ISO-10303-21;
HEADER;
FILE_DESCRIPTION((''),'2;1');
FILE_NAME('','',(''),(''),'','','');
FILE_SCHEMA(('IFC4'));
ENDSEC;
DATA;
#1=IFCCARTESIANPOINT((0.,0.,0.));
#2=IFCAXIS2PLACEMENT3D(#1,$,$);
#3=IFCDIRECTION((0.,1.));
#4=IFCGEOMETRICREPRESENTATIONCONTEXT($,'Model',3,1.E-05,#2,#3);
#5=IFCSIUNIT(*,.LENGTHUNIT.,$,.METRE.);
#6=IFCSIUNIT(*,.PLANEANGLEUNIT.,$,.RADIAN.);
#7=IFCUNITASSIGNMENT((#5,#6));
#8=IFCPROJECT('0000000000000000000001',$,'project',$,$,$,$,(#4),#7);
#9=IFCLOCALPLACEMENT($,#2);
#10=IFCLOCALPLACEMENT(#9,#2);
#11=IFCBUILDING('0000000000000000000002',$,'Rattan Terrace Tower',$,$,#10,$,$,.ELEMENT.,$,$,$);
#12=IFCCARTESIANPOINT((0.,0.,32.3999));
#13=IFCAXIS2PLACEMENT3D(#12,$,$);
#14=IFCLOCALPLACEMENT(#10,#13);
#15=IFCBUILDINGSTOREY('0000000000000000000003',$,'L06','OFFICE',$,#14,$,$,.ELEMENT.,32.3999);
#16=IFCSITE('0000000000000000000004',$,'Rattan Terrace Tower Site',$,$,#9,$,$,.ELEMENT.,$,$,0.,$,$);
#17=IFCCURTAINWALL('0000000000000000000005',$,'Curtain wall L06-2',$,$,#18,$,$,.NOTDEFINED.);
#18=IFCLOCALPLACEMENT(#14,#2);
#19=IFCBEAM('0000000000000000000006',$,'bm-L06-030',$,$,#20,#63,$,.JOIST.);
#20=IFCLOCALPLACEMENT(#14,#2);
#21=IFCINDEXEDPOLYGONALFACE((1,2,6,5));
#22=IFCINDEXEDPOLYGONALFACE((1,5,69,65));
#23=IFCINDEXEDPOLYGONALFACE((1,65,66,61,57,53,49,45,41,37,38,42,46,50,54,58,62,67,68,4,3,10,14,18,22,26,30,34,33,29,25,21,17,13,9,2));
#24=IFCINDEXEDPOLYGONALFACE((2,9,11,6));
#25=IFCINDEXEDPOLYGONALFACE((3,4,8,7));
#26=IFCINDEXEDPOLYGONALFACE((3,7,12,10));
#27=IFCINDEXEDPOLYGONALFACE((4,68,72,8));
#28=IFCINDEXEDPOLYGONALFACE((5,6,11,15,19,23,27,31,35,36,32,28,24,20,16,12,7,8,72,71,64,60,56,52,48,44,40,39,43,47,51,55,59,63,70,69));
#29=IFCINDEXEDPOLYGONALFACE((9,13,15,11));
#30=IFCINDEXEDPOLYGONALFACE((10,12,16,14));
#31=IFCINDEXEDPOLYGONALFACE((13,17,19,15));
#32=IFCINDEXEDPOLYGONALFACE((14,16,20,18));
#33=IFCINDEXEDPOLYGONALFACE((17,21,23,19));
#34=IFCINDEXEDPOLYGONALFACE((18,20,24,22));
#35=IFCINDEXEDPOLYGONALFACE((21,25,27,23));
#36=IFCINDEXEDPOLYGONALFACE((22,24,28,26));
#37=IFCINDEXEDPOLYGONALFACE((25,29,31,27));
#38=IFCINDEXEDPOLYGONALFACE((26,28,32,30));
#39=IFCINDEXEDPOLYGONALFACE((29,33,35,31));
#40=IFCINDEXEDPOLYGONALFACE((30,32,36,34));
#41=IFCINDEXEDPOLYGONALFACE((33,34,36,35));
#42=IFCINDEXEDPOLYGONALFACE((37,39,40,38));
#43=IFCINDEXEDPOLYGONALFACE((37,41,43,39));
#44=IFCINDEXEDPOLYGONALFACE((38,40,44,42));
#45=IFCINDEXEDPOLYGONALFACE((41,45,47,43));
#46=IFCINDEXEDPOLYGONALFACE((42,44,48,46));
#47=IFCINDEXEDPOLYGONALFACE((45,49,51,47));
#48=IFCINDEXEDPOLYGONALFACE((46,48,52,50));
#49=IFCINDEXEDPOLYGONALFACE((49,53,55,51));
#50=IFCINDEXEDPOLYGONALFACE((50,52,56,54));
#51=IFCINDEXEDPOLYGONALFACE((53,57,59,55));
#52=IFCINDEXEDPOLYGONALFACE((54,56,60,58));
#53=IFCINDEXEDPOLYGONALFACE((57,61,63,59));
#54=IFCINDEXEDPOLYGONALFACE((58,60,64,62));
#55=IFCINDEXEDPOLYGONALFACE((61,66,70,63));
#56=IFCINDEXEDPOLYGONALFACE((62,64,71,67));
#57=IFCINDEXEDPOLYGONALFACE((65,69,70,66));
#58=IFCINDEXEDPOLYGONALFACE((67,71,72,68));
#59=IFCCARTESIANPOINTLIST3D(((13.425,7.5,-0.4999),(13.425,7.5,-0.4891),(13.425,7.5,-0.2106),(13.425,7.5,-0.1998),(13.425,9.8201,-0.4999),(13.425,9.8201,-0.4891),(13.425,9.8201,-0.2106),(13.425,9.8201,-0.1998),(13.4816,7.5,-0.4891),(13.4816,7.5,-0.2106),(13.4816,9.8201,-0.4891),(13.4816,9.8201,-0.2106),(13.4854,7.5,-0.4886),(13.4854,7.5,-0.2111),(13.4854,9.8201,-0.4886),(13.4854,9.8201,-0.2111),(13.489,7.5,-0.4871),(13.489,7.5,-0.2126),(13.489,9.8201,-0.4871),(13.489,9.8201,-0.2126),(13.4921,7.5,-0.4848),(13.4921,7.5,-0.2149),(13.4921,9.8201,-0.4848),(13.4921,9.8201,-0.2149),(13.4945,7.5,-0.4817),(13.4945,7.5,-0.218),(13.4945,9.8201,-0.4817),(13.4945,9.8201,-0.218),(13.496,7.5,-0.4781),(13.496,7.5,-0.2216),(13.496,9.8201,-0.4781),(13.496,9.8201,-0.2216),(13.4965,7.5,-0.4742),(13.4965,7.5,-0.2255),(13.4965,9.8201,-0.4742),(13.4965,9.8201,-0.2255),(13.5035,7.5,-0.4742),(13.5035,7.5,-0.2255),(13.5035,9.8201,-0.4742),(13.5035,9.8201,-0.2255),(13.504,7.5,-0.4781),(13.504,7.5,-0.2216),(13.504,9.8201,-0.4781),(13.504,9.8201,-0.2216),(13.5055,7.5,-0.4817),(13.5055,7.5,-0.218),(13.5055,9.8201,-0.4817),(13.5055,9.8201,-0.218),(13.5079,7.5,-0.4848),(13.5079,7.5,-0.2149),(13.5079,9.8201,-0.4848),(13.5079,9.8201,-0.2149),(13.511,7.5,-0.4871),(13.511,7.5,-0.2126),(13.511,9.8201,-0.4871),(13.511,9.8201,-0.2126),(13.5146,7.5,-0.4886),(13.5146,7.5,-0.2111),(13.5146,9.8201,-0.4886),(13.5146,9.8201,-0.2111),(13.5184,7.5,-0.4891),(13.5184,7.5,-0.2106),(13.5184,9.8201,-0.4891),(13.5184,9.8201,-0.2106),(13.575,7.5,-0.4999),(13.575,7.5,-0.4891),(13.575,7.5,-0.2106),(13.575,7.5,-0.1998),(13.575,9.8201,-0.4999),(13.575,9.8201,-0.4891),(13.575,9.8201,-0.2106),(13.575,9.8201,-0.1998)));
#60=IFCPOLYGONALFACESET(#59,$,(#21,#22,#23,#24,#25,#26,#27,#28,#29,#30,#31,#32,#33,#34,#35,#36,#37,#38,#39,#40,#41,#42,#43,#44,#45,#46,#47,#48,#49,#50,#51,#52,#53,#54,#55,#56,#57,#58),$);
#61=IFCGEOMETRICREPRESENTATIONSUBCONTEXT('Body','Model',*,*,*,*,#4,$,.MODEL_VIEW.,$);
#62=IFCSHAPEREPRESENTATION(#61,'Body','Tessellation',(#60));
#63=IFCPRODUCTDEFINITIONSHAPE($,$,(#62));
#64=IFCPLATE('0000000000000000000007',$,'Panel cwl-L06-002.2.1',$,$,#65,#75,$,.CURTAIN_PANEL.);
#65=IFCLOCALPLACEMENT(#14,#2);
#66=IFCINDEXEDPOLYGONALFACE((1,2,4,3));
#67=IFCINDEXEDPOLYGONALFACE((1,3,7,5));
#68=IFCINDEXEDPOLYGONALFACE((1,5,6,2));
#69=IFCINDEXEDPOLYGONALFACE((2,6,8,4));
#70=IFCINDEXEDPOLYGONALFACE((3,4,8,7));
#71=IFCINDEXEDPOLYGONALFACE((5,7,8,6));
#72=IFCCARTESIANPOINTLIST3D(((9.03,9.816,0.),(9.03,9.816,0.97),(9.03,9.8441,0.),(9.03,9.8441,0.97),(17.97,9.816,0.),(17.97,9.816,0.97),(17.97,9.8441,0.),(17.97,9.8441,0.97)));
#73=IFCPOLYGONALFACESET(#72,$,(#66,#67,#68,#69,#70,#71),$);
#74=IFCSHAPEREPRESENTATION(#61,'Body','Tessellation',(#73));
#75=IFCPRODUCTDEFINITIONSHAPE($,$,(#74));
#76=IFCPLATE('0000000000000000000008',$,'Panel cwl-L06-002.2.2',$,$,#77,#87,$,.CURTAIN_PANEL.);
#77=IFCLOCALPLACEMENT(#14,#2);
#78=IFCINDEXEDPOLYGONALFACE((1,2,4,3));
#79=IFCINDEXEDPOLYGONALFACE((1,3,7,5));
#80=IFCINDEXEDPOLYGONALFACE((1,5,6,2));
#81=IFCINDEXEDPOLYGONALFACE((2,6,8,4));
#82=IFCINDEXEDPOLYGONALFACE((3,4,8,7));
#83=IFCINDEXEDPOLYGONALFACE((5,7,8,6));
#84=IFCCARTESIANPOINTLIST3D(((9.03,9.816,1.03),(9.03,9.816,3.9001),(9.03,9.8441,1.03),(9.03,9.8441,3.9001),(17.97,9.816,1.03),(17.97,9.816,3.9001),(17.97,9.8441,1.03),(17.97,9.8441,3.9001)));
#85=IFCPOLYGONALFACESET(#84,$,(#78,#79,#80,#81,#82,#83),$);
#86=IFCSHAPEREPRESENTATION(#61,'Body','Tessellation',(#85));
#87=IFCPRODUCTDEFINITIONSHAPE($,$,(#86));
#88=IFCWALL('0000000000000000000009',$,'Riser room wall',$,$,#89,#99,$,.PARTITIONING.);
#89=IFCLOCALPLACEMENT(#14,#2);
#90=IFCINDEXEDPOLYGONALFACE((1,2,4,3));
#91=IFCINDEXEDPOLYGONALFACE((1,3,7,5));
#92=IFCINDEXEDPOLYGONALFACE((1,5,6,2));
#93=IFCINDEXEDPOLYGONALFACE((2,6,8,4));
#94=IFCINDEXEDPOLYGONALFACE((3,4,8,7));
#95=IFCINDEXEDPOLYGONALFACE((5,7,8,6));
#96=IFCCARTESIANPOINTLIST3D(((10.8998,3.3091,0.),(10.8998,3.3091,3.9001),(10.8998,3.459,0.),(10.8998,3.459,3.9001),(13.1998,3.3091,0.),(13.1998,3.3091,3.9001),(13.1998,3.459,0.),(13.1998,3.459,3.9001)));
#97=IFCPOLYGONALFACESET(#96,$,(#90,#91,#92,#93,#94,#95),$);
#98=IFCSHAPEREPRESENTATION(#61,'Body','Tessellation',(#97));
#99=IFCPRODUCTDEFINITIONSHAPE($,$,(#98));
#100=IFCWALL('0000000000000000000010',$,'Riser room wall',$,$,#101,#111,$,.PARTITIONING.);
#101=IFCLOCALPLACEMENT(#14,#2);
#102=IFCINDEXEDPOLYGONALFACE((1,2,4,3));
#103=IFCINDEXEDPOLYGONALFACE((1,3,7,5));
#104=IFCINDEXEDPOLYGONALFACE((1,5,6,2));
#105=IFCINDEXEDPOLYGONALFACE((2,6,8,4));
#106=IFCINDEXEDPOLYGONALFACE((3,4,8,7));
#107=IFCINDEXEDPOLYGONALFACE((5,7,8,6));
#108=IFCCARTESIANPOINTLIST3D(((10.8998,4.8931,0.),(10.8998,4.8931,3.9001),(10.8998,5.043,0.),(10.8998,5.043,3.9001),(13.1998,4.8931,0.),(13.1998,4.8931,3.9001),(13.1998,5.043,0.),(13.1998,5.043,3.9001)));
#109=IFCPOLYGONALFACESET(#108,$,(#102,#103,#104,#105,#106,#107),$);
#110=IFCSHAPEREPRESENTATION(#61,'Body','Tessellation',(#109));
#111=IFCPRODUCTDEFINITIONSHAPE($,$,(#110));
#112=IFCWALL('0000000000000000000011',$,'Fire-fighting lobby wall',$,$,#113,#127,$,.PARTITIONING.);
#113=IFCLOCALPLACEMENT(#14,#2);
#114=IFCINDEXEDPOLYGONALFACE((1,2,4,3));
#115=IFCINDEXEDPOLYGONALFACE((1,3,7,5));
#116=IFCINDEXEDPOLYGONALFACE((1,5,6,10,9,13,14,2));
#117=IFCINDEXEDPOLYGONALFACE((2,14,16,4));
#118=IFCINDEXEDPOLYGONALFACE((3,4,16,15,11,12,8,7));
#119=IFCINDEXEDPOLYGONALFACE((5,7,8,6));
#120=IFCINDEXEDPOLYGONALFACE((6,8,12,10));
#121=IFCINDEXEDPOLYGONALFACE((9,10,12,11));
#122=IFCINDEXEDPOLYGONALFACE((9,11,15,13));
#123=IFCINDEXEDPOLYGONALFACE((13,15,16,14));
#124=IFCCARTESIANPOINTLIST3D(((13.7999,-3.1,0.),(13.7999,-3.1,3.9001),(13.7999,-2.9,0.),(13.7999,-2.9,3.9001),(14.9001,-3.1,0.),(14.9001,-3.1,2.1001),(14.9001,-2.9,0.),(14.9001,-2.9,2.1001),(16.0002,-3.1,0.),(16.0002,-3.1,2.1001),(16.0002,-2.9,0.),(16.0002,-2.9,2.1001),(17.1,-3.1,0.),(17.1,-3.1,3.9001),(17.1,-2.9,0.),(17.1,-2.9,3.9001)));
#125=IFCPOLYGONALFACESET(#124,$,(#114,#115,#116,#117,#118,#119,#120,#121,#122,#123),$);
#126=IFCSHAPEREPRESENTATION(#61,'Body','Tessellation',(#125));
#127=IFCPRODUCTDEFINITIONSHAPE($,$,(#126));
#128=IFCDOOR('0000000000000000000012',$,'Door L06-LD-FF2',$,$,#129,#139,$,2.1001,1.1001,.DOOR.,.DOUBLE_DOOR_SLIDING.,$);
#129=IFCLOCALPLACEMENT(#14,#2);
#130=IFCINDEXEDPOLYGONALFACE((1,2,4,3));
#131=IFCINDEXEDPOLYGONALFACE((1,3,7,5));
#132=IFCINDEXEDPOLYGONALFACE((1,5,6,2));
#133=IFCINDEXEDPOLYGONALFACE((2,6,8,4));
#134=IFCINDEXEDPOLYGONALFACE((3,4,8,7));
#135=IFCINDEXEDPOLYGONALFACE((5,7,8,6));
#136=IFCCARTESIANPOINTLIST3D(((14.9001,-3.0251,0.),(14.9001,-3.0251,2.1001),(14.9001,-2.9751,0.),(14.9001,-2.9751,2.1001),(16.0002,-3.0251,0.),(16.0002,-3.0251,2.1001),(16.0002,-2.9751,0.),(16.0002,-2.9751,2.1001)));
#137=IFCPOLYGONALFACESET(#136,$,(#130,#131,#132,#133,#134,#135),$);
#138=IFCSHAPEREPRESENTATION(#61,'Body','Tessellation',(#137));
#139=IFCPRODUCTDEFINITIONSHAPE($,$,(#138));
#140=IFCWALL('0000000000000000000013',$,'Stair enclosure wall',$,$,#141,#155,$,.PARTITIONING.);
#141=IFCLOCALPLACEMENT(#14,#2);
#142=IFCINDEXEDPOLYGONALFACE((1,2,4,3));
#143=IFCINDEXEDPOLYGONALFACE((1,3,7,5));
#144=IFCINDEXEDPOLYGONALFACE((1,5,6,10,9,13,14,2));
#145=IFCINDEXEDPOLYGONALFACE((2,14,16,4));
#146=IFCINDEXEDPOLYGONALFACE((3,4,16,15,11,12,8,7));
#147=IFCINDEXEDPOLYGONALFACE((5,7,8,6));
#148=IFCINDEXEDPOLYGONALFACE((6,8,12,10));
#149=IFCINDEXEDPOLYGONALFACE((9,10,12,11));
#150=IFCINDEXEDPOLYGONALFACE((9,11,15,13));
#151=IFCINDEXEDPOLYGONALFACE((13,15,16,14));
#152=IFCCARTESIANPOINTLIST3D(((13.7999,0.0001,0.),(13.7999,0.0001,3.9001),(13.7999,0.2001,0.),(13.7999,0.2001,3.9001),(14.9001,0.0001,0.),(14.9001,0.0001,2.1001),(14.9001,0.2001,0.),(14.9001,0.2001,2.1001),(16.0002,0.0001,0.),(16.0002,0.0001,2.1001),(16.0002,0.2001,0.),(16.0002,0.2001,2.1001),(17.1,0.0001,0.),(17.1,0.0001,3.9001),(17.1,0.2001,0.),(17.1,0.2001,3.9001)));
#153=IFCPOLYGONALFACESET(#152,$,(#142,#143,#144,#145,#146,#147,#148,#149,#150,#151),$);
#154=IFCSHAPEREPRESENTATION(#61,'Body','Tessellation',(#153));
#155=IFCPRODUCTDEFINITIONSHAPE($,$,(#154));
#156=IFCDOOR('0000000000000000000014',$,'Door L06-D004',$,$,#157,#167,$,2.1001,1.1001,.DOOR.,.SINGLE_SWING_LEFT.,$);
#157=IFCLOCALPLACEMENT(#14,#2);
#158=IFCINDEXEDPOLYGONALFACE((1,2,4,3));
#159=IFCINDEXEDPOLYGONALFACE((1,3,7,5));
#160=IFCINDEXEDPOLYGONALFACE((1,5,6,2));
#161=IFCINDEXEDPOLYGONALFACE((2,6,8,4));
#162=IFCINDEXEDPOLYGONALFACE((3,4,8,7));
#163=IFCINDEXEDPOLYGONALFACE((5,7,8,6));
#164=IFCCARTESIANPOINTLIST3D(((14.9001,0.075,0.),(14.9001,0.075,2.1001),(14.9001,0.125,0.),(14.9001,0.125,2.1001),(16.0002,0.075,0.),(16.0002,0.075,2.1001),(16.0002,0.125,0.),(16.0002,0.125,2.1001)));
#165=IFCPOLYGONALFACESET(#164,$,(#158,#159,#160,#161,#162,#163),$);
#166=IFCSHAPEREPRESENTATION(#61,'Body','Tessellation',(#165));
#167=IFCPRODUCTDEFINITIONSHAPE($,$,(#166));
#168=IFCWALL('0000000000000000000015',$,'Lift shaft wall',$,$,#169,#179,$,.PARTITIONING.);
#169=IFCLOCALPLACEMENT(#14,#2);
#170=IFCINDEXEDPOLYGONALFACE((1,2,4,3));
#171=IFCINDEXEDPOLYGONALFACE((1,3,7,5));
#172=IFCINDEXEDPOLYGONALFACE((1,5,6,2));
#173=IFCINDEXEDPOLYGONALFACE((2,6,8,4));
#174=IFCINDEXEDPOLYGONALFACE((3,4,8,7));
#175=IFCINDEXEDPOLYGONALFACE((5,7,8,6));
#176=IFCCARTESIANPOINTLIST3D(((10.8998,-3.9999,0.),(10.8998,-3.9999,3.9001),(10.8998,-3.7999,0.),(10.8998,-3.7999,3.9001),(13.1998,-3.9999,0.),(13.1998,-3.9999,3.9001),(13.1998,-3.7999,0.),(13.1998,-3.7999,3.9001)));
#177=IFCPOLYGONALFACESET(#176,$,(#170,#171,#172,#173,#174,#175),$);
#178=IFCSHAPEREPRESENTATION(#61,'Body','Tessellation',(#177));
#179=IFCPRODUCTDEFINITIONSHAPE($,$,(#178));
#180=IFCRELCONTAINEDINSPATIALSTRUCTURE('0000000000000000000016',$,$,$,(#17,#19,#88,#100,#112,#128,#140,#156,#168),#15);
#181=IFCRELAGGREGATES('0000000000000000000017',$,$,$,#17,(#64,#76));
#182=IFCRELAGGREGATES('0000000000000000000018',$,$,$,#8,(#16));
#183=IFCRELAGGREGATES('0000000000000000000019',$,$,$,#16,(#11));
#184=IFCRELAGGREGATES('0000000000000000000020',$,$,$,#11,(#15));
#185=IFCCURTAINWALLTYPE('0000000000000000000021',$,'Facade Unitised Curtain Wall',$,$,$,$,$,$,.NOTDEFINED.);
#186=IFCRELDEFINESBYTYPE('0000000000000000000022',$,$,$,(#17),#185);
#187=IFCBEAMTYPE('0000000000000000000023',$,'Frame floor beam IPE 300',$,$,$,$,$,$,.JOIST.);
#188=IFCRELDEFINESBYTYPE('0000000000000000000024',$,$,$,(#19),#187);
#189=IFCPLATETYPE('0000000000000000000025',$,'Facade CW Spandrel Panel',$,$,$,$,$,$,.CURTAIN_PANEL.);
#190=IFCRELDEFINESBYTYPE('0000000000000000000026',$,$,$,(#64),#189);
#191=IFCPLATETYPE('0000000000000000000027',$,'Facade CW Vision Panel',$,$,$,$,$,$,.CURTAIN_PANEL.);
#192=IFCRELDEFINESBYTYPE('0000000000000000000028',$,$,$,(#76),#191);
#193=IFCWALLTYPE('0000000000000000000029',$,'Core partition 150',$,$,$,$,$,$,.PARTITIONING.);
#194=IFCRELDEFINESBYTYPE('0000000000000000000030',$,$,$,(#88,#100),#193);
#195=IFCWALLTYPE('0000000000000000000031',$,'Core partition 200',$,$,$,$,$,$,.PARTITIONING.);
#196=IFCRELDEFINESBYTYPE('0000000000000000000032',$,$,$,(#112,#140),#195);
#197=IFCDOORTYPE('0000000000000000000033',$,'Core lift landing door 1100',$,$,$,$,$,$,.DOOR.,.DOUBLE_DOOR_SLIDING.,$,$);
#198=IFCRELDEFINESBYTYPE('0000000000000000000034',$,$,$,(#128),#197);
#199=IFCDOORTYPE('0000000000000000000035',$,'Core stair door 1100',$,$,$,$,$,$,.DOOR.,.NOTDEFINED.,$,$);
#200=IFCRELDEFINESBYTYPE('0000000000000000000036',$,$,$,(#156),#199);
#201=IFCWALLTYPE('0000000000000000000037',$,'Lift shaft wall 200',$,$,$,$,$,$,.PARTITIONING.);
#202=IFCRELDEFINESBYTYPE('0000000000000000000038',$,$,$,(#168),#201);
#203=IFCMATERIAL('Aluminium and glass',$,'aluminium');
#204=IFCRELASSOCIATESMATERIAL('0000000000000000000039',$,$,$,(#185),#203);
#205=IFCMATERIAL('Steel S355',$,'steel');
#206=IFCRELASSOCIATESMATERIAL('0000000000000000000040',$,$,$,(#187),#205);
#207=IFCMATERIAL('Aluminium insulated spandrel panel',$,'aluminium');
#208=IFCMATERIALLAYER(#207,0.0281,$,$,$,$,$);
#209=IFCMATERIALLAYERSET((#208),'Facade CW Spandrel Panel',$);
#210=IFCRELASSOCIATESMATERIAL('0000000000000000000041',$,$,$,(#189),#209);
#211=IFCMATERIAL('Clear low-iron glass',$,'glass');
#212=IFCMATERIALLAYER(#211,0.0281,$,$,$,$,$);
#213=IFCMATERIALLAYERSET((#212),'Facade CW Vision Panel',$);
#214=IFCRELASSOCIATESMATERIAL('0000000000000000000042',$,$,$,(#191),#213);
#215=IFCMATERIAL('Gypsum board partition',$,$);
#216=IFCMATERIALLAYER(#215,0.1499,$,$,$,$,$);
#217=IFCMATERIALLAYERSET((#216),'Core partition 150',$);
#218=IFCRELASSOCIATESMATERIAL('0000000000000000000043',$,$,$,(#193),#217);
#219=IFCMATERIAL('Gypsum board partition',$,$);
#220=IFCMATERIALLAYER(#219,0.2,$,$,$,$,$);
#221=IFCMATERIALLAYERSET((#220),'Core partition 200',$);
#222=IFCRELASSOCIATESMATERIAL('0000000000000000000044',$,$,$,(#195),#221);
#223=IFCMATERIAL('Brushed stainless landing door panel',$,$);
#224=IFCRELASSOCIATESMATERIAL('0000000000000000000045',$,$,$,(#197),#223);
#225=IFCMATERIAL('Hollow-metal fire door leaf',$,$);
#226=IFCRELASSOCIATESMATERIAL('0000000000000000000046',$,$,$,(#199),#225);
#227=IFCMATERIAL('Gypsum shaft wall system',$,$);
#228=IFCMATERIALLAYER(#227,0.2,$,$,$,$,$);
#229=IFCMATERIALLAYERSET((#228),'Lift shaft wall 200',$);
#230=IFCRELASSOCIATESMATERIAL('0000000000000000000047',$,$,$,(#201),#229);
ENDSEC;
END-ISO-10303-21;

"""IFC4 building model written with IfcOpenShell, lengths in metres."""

from ifc_helpers import new_model, si_unit, direction, frame, frame_2d, origin, origin_2d, place, context, subcontext, project, spatial, rectangle, i_section, extrude, material, layer, layer_set, material_profile, profile_set, type_object, element, fill, aggregate, save


model = new_model("IFC4")

# Units and contexts
model_context = context("Model", 3, precision=1e-05, world=origin(), true_north=direction((0.0, 1.0)))
body_context = subcontext(model_context, "Body", "Model", "MODEL_VIEW")
ifc_project = project(units=[si_unit("LENGTHUNIT", "METRE"), si_unit("PLANEANGLEUNIT", "RADIAN")], contexts=[model_context])

# Site, building, storey
site_placement = place(None, origin())
site = spatial("IfcSite", under=ifc_project, at=site_placement, Name="Rattan Terrace Tower Site", CompositionType="ELEMENT", RefElevation=0.0)
building_placement = place(site_placement, origin())
building = spatial("IfcBuilding", under=site, at=building_placement, Name="Rattan Terrace Tower", CompositionType="ELEMENT")
storey_placement = place(building_placement, frame((0.0, 0.0, 32.3999)))
storey = spatial("IfcBuildingStorey", under=building, at=storey_placement, Name="L06", Description="OFFICE", CompositionType="ELEMENT", Elevation=32.3999)

# Curtain wall
ifc_material_1 = material(Name="Aluminium and glass", Category="aluminium")
curtain_wall_type = type_object("IfcCurtainWallType", Name="Facade Unitised Curtain Wall", PredefinedType="NOTDEFINED", material=ifc_material_1)
curtain_wall_placement = place(storey_placement, origin())
curtain_wall = element("IfcCurtainWall", 1, at=curtain_wall_placement, inside=storey, type_object=curtain_wall_type, Name="Curtain wall L06-2", PredefinedType="NOTDEFINED")

# Beam
ifc_material_2 = material(Name="Steel S355", Category="steel")
ifc_material_profile_1 = material_profile(ifc_material_2, i_section(OverallWidth=0.1499, OverallDepth=0.3, WebThickness=0.0071, FlangeThickness=0.0107, FilletRadius=0.0149, at=origin_2d()), Name="IPE 300")
ifc_profile_set_1 = profile_set([ifc_material_profile_1], Name="Steel S355")
beam_type_1 = type_object("IfcBeamType", Name="Frame floor beam IPE 300", PredefinedType="JOIST", material=ifc_profile_set_1)
for number, where, z_axis, x_axis, name in (
    (2, (13.5, 7.5, -0.3499), (0.0, 1.0, 0.0), (-1.0, 0.0, 0.0), "bm-L06-030"),
):
    element("IfcBeam", number, at=place(storey_placement, frame(where, z_axis=z_axis, x_axis=x_axis)), inside=storey, type_object=beam_type_1, Name=name, PredefinedType="JOIST", context=body_context, shape_type="SweptSolid", body=[
        extrude(i_section(OverallWidth=0.1499, OverallDepth=0.3, WebThickness=0.0071, FlangeThickness=0.0107, FilletRadius=0.0149, at=origin_2d()), origin(), (0.0, 0.0, 1.0), 2.3201),
    ])

# Plates
ifc_material_3 = material(Name="Aluminium insulated spandrel panel", Category="aluminium")
ifc_layer_1 = layer(ifc_material_3, 0.0281)
ifc_layer_set_1 = layer_set([ifc_layer_1], Name="Facade CW Spandrel Panel")
plate_type_1 = type_object("IfcPlateType", Name="Facade CW Spandrel Panel", PredefinedType="CURTAIN_PANEL", material=ifc_layer_set_1)
plate_1_placement = place(storey_placement, frame((13.5, 9.8301, 0.0), z_axis=(0.0, 0.0, 1.0), x_axis=(-1.0, 0.0, 0.0)))
plate_1 = element("IfcPlate", 3, at=plate_1_placement, type_object=plate_type_1, Name="Panel cwl-L06-002.2.1", PredefinedType="CURTAIN_PANEL", context=body_context, shape_type="SweptSolid", body=[
    extrude(rectangle(XDim=8.9399, YDim=0.0281, at=origin_2d()), origin(), (0.0, 0.0, 1.0), 0.97),
])
ifc_material_4 = material(Name="Clear low-iron glass", Category="glass")
ifc_layer_2 = layer(ifc_material_4, 0.0281)
ifc_layer_set_2 = layer_set([ifc_layer_2], Name="Facade CW Vision Panel")
plate_type_2 = type_object("IfcPlateType", Name="Facade CW Vision Panel", PredefinedType="CURTAIN_PANEL", material=ifc_layer_set_2)
plate_2_placement = place(storey_placement, frame((13.5, 9.8301, 1.03), z_axis=(0.0, 0.0, 1.0), x_axis=(-1.0, 0.0, 0.0)))
plate_2 = element("IfcPlate", 4, at=plate_2_placement, type_object=plate_type_2, Name="Panel cwl-L06-002.2.2", PredefinedType="CURTAIN_PANEL", context=body_context, shape_type="SweptSolid", body=[
    extrude(rectangle(XDim=8.9399, YDim=0.0281, at=origin_2d()), origin(), (0.0, 0.0, 1.0), 2.8701),
])
aggregate(curtain_wall, [plate_1, plate_2])

# Walls
ifc_material_5 = material(Name="Gypsum board partition")
ifc_layer_3 = layer(ifc_material_5, 0.1499)
ifc_layer_set_3 = layer_set([ifc_layer_3], Name="Core partition 150")
wall_type_1 = type_object("IfcWallType", Name="Core partition 150", PredefinedType="PARTITIONING", material=ifc_layer_set_3)
for number, where, z_axis, x_axis, name in (
    (5, (10.8999, 3.384, 0.0), (0.0, 0.0, 1.0), (1.0, 0.0, 0.0), "Riser room wall"),
    (6, (10.8999, 4.968, 0.0), (0.0, 0.0, 1.0), (1.0, 0.0, 0.0), "Riser room wall"),
):
    element("IfcWall", number, at=place(storey_placement, frame(where, z_axis=z_axis, x_axis=x_axis)), inside=storey, type_object=wall_type_1, Name=name, PredefinedType="PARTITIONING", context=body_context, shape_type="SweptSolid", body=[
        extrude(rectangle(XDim=2.3, YDim=0.1499, at=frame_2d((1.1499, 0.0))), origin(), (0.0, 0.0, 1.0), 3.9001),
    ])

# Walls, openings, doors
ifc_material_6 = material(Name="Gypsum board partition")
ifc_layer_4 = layer(ifc_material_6, 0.2)
ifc_layer_set_4 = layer_set([ifc_layer_4], Name="Core partition 200")
wall_type_2 = type_object("IfcWallType", Name="Core partition 200", PredefinedType="PARTITIONING", material=ifc_layer_set_4)
wall_1_placement = place(storey_placement, frame((13.8, -3.0, 0.0), z_axis=(0.0, 0.0, 1.0), x_axis=(1.0, 0.0, 0.0)))
wall_1 = element("IfcWall", 7, at=wall_1_placement, inside=storey, type_object=wall_type_2, Name="Fire-fighting lobby wall", PredefinedType="PARTITIONING", context=body_context, shape_type="SweptSolid", body=[
    extrude(rectangle(XDim=3.3, YDim=0.2, at=frame_2d((1.6499, 0.0))), origin(), (0.0, 0.0, 1.0), 3.9001),
])
opening_1_placement = place(wall_1_placement, frame((1.1001, 0.0, 0.0)))
opening_1 = element("IfcOpeningElement", 8, at=opening_1_placement, cuts=wall_1, PredefinedType="OPENING", context=body_context, shape_type="SweptSolid", body=[
    extrude(rectangle(XDim=1.1001, YDim=2.1001, at=frame_2d((0.55, 1.05))), frame((0.0, 0.1106, 0.0), z_axis=(0.0, -1.0, 0.0), x_axis=(1.0, 0.0, 0.0)), (0.0, 0.0, 1.0), 0.2209),
])
ifc_material_7 = material(Name="Brushed stainless landing door panel")
door_type_1 = type_object("IfcDoorType", Name="Core lift landing door 1100", OperationType="DOUBLE_DOOR_SLIDING", PredefinedType="DOOR", material=ifc_material_7)
door_1_placement = place(opening_1_placement, origin())
door_1 = element("IfcDoor", 9, at=door_1_placement, inside=storey, type_object=door_type_1, Name="Door L06-LD-FF2", OperationType="DOUBLE_DOOR_SLIDING", OverallHeight=2.1001, OverallWidth=1.1001, PredefinedType="DOOR", context=body_context, shape_type="SweptSolid", body=[
    extrude(rectangle(XDim=1.1001, YDim=2.1001, at=frame_2d((0.55, 1.05))), frame((0.0, 0.0249, 0.0), z_axis=(0.0, -1.0, 0.0), x_axis=(1.0, 0.0, 0.0)), (0.0, 0.0, 1.0), 0.05),
])
fill(opening_1, door_1)
wall_2_placement = place(storey_placement, frame((13.8, 0.1001, 0.0), z_axis=(0.0, 0.0, 1.0), x_axis=(1.0, 0.0, 0.0)))
wall_2 = element("IfcWall", 10, at=wall_2_placement, inside=storey, type_object=wall_type_2, Name="Stair enclosure wall", PredefinedType="PARTITIONING", context=body_context, shape_type="SweptSolid", body=[
    extrude(rectangle(XDim=3.3, YDim=0.2, at=frame_2d((1.6499, 0.0))), origin(), (0.0, 0.0, 1.0), 3.9001),
])
opening_2_placement = place(wall_2_placement, frame((1.1001, 0.0, 0.0)))
opening_2 = element("IfcOpeningElement", 11, at=opening_2_placement, cuts=wall_2, PredefinedType="OPENING", context=body_context, shape_type="SweptSolid", body=[
    extrude(rectangle(XDim=1.1001, YDim=2.1001, at=frame_2d((0.55, 1.05))), frame((0.0, 0.1106, 0.0), z_axis=(0.0, -1.0, 0.0), x_axis=(1.0, 0.0, 0.0)), (0.0, 0.0, 1.0), 0.2209),
])
ifc_material_8 = material(Name="Hollow-metal fire door leaf")
door_type_2 = type_object("IfcDoorType", Name="Core stair door 1100", OperationType="NOTDEFINED", PredefinedType="DOOR", material=ifc_material_8)
door_2_placement = place(opening_2_placement, origin())
door_2 = element("IfcDoor", 12, at=door_2_placement, inside=storey, type_object=door_type_2, Name="Door L06-D004", OperationType="SINGLE_SWING_LEFT", OverallHeight=2.1001, OverallWidth=1.1001, PredefinedType="DOOR", context=body_context, shape_type="SweptSolid", body=[
    extrude(rectangle(XDim=1.1001, YDim=2.1001, at=frame_2d((0.55, 1.05))), frame((0.0, 0.0249, 0.0), z_axis=(0.0, -1.0, 0.0), x_axis=(1.0, 0.0, 0.0)), (0.0, 0.0, 1.0), 0.05),
])
fill(opening_2, door_2)

# Wall
ifc_material_9 = material(Name="Gypsum shaft wall system")
ifc_layer_5 = layer(ifc_material_9, 0.2)
ifc_layer_set_5 = layer_set([ifc_layer_5], Name="Lift shaft wall 200")
wall_type_3 = type_object("IfcWallType", Name="Lift shaft wall 200", PredefinedType="PARTITIONING", material=ifc_layer_set_5)
for number, where, z_axis, x_axis, name in (
    (13, (10.8999, -3.8999, 0.0), (0.0, 0.0, 1.0), (1.0, 0.0, 0.0), "Lift shaft wall"),
):
    element("IfcWall", number, at=place(storey_placement, frame(where, z_axis=z_axis, x_axis=x_axis)), inside=storey, type_object=wall_type_3, Name=name, PredefinedType="PARTITIONING", context=body_context, shape_type="SweptSolid", body=[
        extrude(rectangle(XDim=2.3, YDim=0.2, at=frame_2d((1.1499, 0.0))), origin(), (0.0, 0.0, 1.0), 3.9001),
    ])

save(model, "model.ifc")
